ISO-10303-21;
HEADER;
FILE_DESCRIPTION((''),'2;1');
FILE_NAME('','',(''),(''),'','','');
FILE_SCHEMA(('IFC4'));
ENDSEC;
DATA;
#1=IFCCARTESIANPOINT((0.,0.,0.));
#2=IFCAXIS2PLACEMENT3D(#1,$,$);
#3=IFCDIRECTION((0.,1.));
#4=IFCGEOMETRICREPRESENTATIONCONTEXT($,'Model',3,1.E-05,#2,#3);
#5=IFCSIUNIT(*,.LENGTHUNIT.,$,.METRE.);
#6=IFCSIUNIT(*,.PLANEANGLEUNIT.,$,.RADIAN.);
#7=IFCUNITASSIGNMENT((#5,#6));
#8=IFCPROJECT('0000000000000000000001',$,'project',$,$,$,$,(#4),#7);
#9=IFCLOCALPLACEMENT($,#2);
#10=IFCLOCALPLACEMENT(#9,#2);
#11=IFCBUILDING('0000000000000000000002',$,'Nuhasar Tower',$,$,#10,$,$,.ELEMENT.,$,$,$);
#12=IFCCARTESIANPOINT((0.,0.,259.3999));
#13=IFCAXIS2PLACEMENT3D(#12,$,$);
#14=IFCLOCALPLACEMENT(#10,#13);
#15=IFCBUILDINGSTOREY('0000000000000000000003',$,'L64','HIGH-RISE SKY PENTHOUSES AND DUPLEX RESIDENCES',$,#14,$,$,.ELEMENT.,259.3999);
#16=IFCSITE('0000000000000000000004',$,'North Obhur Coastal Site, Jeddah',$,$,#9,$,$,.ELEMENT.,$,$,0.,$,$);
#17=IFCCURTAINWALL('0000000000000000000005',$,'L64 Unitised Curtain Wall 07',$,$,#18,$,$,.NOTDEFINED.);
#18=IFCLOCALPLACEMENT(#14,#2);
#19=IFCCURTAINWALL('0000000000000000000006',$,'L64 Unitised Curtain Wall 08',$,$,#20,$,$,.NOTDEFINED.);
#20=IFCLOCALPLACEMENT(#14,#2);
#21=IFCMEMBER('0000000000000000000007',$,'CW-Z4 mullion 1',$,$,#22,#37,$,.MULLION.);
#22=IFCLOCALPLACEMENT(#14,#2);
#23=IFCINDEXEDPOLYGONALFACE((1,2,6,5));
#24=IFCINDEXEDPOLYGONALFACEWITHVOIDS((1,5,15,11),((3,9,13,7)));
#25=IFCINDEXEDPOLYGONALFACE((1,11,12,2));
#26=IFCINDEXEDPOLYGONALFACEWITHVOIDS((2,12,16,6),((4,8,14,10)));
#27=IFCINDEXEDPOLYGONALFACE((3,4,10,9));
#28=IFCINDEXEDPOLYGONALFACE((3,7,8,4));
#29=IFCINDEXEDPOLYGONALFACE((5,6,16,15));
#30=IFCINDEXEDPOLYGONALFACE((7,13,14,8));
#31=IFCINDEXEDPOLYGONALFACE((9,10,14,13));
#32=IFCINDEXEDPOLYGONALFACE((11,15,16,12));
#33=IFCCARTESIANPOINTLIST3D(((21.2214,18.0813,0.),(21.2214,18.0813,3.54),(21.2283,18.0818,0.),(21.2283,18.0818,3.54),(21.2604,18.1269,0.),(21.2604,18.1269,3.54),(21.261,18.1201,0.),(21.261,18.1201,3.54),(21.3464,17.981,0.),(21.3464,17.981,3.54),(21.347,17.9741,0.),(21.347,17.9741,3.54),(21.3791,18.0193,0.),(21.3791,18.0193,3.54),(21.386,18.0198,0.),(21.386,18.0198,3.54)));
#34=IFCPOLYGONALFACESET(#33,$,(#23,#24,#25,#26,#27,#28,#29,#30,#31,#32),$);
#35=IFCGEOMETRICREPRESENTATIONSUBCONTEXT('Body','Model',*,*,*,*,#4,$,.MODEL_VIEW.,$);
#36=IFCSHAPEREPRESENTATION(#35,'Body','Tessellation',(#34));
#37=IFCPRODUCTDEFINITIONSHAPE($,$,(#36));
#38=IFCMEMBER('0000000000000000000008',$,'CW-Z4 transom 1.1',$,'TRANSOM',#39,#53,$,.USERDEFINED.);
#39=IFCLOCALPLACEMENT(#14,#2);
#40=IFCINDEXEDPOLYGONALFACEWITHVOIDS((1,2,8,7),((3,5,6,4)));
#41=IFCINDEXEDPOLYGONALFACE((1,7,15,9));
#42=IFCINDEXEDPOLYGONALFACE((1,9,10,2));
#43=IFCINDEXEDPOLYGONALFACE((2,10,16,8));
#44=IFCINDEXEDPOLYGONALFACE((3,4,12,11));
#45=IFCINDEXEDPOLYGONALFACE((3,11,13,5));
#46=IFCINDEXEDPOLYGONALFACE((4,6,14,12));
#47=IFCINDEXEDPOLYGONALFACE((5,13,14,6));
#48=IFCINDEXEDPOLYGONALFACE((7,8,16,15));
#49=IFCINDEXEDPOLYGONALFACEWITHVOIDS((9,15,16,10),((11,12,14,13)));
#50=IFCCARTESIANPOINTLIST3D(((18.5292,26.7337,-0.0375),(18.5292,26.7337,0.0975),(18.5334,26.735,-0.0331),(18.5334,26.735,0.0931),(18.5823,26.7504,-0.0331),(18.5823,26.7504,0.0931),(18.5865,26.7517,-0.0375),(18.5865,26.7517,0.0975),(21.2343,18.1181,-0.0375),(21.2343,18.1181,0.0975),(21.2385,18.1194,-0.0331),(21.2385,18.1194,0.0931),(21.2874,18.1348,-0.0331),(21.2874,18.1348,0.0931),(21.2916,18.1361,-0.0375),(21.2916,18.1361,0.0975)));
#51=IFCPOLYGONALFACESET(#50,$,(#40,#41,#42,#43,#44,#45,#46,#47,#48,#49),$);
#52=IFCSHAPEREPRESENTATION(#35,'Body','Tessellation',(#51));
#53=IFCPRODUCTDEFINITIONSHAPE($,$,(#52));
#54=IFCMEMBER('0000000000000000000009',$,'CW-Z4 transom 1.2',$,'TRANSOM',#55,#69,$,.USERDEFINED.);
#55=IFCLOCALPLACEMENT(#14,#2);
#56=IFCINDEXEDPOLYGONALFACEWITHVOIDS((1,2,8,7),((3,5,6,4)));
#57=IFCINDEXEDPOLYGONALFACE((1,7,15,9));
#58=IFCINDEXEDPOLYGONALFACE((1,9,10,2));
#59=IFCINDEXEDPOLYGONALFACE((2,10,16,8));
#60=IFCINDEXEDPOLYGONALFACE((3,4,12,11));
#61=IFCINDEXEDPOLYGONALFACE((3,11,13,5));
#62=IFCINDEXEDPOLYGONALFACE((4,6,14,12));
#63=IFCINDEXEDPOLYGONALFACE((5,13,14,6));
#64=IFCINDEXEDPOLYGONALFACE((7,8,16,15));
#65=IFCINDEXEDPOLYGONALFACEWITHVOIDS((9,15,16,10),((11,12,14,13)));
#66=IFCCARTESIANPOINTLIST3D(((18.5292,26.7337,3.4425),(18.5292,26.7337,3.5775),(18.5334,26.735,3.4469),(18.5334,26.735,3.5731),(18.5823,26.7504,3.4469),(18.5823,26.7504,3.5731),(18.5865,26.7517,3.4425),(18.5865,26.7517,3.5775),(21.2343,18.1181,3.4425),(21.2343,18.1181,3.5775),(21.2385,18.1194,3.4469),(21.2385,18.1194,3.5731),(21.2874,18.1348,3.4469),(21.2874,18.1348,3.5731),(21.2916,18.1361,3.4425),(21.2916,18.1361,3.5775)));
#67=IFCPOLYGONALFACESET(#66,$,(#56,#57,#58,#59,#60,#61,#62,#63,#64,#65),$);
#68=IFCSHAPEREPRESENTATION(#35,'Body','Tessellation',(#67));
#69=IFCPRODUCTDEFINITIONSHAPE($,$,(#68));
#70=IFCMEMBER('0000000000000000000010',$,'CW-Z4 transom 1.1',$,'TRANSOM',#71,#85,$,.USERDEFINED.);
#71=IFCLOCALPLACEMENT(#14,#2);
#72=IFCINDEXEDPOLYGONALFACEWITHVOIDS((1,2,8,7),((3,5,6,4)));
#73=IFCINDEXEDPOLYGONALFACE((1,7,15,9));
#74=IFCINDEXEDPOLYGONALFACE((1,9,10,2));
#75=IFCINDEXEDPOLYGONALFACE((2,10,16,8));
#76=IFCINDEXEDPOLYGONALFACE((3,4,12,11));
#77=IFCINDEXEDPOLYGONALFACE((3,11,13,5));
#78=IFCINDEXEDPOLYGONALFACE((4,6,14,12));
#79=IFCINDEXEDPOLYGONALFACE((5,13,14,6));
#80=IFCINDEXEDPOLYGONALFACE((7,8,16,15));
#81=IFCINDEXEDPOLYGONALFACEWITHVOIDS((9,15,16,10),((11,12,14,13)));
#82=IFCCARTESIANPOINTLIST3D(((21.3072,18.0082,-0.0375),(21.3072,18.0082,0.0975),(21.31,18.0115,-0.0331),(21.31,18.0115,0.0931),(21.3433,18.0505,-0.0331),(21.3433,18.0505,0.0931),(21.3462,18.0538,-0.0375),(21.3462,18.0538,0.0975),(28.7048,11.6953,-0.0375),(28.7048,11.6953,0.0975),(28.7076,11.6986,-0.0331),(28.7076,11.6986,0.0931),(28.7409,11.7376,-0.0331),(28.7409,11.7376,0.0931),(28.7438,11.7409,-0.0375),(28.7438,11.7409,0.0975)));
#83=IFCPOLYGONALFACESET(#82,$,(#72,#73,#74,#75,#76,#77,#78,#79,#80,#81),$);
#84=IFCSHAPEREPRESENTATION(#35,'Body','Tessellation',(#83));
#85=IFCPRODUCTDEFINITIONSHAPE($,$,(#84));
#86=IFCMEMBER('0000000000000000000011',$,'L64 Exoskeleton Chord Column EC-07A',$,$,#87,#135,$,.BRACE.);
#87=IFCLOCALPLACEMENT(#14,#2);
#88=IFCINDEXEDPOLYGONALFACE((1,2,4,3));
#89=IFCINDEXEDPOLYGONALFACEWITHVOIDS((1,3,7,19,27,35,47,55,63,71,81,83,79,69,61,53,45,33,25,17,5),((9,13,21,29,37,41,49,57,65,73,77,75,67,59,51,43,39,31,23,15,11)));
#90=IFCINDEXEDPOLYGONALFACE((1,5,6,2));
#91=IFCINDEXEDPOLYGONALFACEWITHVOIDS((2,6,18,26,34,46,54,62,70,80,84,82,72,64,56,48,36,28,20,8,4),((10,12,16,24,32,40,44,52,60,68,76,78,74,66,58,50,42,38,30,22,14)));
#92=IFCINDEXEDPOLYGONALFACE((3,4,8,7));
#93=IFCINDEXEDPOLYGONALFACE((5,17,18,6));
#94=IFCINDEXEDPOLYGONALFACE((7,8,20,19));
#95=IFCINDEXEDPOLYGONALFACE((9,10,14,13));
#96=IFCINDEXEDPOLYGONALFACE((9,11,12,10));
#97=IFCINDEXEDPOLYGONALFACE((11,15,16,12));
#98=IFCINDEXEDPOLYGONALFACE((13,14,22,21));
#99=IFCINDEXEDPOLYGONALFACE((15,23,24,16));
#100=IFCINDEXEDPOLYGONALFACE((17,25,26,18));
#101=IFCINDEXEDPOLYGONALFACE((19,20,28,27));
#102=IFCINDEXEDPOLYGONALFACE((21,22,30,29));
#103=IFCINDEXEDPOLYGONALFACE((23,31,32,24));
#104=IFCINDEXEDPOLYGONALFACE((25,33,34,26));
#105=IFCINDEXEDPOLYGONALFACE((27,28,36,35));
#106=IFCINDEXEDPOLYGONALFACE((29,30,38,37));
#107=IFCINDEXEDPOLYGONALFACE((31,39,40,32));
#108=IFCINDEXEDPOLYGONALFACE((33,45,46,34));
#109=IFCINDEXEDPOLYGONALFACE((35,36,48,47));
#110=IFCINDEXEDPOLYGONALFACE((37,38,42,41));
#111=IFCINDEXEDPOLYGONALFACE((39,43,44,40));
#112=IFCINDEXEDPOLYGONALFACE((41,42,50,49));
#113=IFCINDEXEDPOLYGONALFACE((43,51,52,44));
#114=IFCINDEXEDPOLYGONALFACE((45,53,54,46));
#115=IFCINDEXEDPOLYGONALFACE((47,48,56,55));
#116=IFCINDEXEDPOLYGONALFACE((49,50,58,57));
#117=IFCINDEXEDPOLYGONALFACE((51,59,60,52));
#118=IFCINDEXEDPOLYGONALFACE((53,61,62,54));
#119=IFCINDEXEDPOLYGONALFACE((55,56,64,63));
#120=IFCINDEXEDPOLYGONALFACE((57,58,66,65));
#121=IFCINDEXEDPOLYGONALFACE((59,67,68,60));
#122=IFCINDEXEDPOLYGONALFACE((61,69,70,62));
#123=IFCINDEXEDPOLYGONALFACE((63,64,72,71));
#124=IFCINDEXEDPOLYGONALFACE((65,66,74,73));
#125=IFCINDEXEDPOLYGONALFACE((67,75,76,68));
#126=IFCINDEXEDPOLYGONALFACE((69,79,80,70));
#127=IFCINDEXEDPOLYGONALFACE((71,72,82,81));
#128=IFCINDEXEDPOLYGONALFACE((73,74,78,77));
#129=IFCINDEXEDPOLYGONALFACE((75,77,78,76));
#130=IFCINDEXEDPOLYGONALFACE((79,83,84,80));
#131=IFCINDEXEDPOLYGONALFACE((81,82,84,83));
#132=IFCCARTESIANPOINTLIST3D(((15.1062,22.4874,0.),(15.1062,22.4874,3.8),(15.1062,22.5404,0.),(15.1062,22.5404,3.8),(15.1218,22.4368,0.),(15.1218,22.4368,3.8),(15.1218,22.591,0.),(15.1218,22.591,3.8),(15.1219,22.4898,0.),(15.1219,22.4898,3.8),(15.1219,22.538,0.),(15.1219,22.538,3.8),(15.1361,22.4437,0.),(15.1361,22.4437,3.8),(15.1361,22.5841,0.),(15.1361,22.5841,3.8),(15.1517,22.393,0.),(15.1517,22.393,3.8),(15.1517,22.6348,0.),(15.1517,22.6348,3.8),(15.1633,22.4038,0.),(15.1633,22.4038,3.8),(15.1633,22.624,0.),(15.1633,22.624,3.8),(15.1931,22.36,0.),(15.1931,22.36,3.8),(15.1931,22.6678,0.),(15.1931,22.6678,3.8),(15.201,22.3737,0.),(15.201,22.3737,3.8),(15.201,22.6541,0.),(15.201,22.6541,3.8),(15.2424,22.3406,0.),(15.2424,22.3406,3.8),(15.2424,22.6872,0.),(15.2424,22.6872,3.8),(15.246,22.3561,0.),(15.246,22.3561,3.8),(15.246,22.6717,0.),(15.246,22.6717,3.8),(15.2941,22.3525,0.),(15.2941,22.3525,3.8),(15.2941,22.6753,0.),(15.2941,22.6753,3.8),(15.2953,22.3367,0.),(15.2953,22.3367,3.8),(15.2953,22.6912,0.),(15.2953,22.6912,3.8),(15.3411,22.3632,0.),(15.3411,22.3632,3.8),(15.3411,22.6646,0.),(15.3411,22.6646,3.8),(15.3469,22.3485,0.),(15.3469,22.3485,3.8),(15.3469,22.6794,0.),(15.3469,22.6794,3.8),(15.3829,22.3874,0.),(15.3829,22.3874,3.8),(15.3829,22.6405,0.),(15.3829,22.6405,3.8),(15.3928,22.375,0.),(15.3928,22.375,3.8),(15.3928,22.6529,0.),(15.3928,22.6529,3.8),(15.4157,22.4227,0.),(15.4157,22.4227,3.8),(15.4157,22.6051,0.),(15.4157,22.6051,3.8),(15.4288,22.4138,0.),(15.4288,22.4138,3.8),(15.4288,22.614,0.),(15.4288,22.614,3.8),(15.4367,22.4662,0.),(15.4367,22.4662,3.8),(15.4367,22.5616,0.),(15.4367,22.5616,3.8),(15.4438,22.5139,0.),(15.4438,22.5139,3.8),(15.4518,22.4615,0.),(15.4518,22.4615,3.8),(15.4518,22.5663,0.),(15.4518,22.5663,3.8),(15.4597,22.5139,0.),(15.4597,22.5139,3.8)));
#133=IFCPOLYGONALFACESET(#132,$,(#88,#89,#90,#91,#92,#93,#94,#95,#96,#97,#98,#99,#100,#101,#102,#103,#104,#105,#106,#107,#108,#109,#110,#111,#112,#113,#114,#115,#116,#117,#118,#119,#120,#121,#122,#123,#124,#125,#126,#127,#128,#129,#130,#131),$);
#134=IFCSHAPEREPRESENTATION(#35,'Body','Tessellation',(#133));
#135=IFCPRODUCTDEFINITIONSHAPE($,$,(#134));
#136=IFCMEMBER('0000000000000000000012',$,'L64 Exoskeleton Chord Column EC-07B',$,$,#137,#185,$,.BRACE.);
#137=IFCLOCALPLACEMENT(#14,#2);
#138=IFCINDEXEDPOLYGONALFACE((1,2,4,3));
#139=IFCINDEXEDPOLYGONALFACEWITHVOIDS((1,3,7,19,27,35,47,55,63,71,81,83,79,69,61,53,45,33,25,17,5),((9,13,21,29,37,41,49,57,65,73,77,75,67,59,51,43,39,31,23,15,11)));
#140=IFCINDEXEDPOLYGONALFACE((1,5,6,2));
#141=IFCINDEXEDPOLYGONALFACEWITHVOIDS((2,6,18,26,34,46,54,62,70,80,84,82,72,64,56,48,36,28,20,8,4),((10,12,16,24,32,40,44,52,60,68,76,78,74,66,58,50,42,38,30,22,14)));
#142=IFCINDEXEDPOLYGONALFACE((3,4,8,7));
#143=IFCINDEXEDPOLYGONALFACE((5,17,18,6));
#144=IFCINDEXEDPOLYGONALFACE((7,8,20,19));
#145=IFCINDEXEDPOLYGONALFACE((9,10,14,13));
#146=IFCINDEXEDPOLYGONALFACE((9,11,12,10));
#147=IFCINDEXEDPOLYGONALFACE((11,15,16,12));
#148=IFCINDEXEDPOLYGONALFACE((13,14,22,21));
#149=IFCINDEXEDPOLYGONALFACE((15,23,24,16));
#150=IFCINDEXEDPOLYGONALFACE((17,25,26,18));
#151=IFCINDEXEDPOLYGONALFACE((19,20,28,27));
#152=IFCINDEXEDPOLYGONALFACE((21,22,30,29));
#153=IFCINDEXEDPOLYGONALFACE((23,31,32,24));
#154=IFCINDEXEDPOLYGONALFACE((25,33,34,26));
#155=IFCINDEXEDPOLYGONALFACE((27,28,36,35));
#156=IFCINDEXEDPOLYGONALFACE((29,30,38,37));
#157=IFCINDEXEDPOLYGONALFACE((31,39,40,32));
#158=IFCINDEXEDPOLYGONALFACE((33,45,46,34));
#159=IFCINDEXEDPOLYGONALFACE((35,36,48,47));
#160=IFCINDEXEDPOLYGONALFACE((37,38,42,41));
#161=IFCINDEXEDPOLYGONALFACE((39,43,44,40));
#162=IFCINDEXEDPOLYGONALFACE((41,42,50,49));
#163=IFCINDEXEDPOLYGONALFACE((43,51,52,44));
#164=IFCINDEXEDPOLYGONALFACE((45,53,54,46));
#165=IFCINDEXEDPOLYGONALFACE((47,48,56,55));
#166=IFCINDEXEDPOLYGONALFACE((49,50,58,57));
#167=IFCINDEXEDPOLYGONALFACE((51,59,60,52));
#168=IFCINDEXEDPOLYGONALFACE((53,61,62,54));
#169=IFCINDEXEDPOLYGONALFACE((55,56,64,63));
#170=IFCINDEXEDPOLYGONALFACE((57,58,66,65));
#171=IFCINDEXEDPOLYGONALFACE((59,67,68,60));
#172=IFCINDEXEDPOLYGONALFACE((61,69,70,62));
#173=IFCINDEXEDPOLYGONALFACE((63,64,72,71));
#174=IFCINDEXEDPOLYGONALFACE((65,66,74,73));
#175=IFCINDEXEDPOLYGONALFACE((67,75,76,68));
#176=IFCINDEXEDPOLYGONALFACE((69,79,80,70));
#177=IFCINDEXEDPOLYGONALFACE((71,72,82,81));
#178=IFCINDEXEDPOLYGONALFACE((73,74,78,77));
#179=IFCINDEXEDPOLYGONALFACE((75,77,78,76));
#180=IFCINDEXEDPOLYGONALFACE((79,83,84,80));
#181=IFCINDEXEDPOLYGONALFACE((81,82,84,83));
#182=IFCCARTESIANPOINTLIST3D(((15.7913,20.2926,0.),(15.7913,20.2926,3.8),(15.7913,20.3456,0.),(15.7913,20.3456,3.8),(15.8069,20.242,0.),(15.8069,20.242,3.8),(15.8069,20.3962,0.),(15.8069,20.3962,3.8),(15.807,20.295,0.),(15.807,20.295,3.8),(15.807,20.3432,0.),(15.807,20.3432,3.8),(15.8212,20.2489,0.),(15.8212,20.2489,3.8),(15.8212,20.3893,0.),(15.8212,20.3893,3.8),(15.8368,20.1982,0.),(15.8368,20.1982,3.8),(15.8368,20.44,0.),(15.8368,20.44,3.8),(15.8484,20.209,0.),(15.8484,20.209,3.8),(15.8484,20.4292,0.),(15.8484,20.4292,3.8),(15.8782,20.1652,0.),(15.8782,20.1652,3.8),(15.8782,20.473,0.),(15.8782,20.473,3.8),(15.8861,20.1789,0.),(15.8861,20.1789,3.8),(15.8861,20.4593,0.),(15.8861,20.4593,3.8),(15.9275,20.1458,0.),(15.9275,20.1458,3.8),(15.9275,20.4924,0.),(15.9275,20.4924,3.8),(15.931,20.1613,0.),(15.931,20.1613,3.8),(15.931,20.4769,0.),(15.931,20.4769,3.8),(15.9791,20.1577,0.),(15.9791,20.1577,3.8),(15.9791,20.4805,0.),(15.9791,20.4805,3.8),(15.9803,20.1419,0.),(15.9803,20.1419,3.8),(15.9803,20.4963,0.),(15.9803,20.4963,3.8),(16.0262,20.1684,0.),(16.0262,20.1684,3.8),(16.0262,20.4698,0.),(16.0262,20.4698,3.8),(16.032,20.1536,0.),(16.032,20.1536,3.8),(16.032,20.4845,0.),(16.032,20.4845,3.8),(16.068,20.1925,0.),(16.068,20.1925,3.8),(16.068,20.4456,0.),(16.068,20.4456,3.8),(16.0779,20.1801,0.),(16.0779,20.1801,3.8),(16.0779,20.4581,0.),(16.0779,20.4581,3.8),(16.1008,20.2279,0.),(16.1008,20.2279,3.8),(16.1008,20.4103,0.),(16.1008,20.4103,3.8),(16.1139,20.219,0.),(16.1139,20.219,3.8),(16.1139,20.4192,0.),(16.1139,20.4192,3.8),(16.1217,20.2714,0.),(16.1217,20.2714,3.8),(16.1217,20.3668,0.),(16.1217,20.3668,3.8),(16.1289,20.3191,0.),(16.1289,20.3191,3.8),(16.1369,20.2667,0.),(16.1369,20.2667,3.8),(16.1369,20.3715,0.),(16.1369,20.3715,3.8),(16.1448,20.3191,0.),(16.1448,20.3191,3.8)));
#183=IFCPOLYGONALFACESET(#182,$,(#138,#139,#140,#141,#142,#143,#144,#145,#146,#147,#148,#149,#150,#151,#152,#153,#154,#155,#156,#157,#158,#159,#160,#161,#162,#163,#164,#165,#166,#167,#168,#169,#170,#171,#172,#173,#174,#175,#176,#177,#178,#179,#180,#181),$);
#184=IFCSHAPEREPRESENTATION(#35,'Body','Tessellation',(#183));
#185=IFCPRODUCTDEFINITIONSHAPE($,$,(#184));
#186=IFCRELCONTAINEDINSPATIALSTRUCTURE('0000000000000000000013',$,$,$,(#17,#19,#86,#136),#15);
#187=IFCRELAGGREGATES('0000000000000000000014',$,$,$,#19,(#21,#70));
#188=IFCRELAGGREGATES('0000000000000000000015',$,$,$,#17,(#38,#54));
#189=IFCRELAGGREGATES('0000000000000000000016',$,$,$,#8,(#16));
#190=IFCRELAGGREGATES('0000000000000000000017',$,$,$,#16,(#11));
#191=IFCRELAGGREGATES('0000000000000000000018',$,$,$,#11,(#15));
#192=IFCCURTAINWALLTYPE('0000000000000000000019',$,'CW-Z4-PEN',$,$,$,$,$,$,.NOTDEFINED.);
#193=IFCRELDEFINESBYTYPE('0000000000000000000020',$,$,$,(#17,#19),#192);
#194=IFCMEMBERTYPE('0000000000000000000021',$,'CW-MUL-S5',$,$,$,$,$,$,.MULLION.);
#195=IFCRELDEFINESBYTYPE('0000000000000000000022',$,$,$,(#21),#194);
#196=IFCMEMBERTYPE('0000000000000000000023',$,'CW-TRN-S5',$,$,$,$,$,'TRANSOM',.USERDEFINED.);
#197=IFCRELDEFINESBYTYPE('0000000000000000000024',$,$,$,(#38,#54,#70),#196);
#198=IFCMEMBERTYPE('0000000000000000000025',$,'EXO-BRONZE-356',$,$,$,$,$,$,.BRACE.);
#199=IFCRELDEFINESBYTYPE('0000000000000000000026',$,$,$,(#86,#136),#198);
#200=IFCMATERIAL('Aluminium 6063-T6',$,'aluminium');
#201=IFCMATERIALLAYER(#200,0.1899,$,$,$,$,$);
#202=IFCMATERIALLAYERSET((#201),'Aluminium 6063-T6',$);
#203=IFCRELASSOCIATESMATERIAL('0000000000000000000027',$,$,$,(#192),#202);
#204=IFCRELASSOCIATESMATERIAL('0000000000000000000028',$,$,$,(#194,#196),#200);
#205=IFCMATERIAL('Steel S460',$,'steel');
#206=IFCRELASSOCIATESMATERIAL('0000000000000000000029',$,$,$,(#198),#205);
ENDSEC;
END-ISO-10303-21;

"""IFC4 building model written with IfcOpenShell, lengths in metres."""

from ifc_helpers import new_model, si_unit, direction, frame, origin, origin_2d, place, context, subcontext, project, spatial, hollow_rectangle, hollow_circle, extrude, material, layer, layer_set, material_profile, profile_set, type_object, element, aggregate, save


model = new_model("IFC4")

# Units and contexts
model_context = context("Model", 3, precision=1e-05, world=origin(), true_north=direction((0.0, 1.0)))
body_context = subcontext(model_context, "Body", "Model", "MODEL_VIEW")
ifc_project = project(units=[si_unit("LENGTHUNIT", "METRE"), si_unit("PLANEANGLEUNIT", "RADIAN")], contexts=[model_context])

# Site, building, storey
site_placement = place(None, origin())
site = spatial("IfcSite", under=ifc_project, at=site_placement, Name="North Obhur Coastal Site, Jeddah", CompositionType="ELEMENT", RefElevation=0.0)
building_placement = place(site_placement, origin())
building = spatial("IfcBuilding", under=site, at=building_placement, Name="Nuhasar Tower", CompositionType="ELEMENT")
storey_placement = place(building_placement, frame((0.0, 0.0, 259.3999)))
storey = spatial("IfcBuildingStorey", under=building, at=storey_placement, Name="L64", Description="HIGH-RISE SKY PENTHOUSES AND DUPLEX RESIDENCES", CompositionType="ELEMENT", Elevation=259.3999)

# Curtain wall
ifc_material_1 = material(Name="Aluminium 6063-T6", Category="aluminium")
ifc_layer_1 = layer(ifc_material_1, 0.1899)
ifc_layer_set_1 = layer_set([ifc_layer_1], Name="Aluminium 6063-T6")
curtain_wall_type = type_object("IfcCurtainWallType", Name="CW-Z4-PEN", PredefinedType="NOTDEFINED", material=ifc_layer_set_1)
curtain_wall_1_placement = place(storey_placement, origin())
curtain_wall_1 = element("IfcCurtainWall", 1, at=curtain_wall_1_placement, inside=storey, type_object=curtain_wall_type, Name="L64 Unitised Curtain Wall 07", PredefinedType="NOTDEFINED")
ifc_material_profile_1 = material_profile(ifc_material_1, hollow_rectangle(XDim=0.0601, YDim=0.165, WallThickness=0.0049, at=origin_2d()), Name="CWM-5")
ifc_profile_set_1 = profile_set([ifc_material_profile_1], Name="Aluminium 6063-T6")
member_type_1 = type_object("IfcMemberType", Name="CW-MUL-S5", PredefinedType="MULLION", material=ifc_profile_set_1)

# Curtain wall, member
curtain_wall_2_placement = place(storey_placement, origin())
curtain_wall_2 = element("IfcCurtainWall", 2, at=curtain_wall_2_placement, inside=storey, type_object=curtain_wall_type, Name="L64 Unitised Curtain Wall 08", PredefinedType="NOTDEFINED")
member_1_placement = place(storey_placement, frame((21.3037, 18.0505, 0.0), z_axis=(0.0, 0.0, 1.0), x_axis=(0.649142, 0.760667, 0.0)))
member_1 = element("IfcMember", 3, at=member_1_placement, type_object=member_type_1, Name="CW-Z4 mullion 1", PredefinedType="MULLION", context=body_context, shape_type="SweptSolid", body=[
    extrude(hollow_rectangle(XDim=0.0601, YDim=0.165, WallThickness=0.0049, at=origin_2d()), origin(), (0.0, 0.0, 1.0), 3.54),
])

# Members
ifc_material_profile_2 = material_profile(ifc_material_1, hollow_rectangle(XDim=0.0601, YDim=0.135, WallThickness=0.0044, at=origin_2d()), Name="CWT-5")
ifc_profile_set_2 = profile_set([ifc_material_profile_2], Name="Aluminium 6063-T6")
member_type_2 = type_object("IfcMemberType", Name="CW-TRN-S5", ElementType="TRANSOM", PredefinedType="USERDEFINED", material=ifc_profile_set_2)
member_2_placement = place(storey_placement, frame((18.5579, 26.7427, 0.03), z_axis=(0.29956, -0.954077, 0.0), x_axis=(0.954077, 0.29956, 0.0)))
member_2 = element("IfcMember", 4, at=member_2_placement, type_object=member_type_2, Name="CW-Z4 transom 1.1", ObjectType="TRANSOM", PredefinedType="USERDEFINED", context=body_context, shape_type="SweptSolid", body=[
    extrude(hollow_rectangle(XDim=0.0601, YDim=0.135, WallThickness=0.0044, at=origin_2d()), origin(), (0.0, 0.0, 1.0), 9.0303),
])
member_3_placement = place(storey_placement, frame((18.5579, 26.7427, 3.51), z_axis=(0.29956, -0.954077, 0.0), x_axis=(0.954077, 0.29956, 0.0)))
member_3 = element("IfcMember", 5, at=member_3_placement, type_object=member_type_2, Name="CW-Z4 transom 1.2", ObjectType="TRANSOM", PredefinedType="USERDEFINED", context=body_context, shape_type="SweptSolid", body=[
    extrude(hollow_rectangle(XDim=0.0601, YDim=0.135, WallThickness=0.0044, at=origin_2d()), origin(), (0.0, 0.0, 1.0), 9.0303),
])
member_4_placement = place(storey_placement, frame((21.3267, 18.031, 0.03), z_axis=(0.760672, -0.649136, 0.0), x_axis=(0.649136, 0.760672, 0.0)))
member_4 = element("IfcMember", 6, at=member_4_placement, type_object=member_type_2, Name="CW-Z4 transom 1.1", ObjectType="TRANSOM", PredefinedType="USERDEFINED", context=body_context, shape_type="SweptSolid", body=[
    extrude(hollow_rectangle(XDim=0.0601, YDim=0.135, WallThickness=0.0044, at=origin_2d()), origin(), (0.0, 0.0, 1.0), 9.7251),
])
aggregate(curtain_wall_2, [member_1, member_4])

# Members
ifc_material_2 = material(Name="Steel S460", Category="steel")
ifc_material_profile_3 = material_profile(ifc_material_2, hollow_circle(Radius=0.1777, WallThickness=0.0159, at=origin_2d()), Name="HSS355.6X15.9")
ifc_profile_set_3 = profile_set([ifc_material_profile_3], Name="Steel S460")
member_type_3 = type_object("IfcMemberType", Name="EXO-BRONZE-356", PredefinedType="BRACE", material=ifc_profile_set_3)
for number, where, z_axis, x_axis, name in (
    (7, (15.282, 22.5139, 0.0), (0.0, 0.0, 1.0), (1.0, 0.0, 0.0), "L64 Exoskeleton Chord Column EC-07A"),
    (8, (15.967, 20.3191, 0.0), (0.0, 0.0, 1.0), (1.0, 0.0, 0.0), "L64 Exoskeleton Chord Column EC-07B"),
):
    element("IfcMember", number, at=place(storey_placement, frame(where, z_axis=z_axis, x_axis=x_axis)), inside=storey, type_object=member_type_3, Name=name, PredefinedType="BRACE", context=body_context, shape_type="SweptSolid", body=[
        extrude(hollow_circle(Radius=0.1777, WallThickness=0.0159, at=origin_2d()), origin(), (0.0, 0.0, 1.0), 3.8),
    ])

aggregate(curtain_wall_1, [member_2, member_3])

save(model, "model.ifc")
